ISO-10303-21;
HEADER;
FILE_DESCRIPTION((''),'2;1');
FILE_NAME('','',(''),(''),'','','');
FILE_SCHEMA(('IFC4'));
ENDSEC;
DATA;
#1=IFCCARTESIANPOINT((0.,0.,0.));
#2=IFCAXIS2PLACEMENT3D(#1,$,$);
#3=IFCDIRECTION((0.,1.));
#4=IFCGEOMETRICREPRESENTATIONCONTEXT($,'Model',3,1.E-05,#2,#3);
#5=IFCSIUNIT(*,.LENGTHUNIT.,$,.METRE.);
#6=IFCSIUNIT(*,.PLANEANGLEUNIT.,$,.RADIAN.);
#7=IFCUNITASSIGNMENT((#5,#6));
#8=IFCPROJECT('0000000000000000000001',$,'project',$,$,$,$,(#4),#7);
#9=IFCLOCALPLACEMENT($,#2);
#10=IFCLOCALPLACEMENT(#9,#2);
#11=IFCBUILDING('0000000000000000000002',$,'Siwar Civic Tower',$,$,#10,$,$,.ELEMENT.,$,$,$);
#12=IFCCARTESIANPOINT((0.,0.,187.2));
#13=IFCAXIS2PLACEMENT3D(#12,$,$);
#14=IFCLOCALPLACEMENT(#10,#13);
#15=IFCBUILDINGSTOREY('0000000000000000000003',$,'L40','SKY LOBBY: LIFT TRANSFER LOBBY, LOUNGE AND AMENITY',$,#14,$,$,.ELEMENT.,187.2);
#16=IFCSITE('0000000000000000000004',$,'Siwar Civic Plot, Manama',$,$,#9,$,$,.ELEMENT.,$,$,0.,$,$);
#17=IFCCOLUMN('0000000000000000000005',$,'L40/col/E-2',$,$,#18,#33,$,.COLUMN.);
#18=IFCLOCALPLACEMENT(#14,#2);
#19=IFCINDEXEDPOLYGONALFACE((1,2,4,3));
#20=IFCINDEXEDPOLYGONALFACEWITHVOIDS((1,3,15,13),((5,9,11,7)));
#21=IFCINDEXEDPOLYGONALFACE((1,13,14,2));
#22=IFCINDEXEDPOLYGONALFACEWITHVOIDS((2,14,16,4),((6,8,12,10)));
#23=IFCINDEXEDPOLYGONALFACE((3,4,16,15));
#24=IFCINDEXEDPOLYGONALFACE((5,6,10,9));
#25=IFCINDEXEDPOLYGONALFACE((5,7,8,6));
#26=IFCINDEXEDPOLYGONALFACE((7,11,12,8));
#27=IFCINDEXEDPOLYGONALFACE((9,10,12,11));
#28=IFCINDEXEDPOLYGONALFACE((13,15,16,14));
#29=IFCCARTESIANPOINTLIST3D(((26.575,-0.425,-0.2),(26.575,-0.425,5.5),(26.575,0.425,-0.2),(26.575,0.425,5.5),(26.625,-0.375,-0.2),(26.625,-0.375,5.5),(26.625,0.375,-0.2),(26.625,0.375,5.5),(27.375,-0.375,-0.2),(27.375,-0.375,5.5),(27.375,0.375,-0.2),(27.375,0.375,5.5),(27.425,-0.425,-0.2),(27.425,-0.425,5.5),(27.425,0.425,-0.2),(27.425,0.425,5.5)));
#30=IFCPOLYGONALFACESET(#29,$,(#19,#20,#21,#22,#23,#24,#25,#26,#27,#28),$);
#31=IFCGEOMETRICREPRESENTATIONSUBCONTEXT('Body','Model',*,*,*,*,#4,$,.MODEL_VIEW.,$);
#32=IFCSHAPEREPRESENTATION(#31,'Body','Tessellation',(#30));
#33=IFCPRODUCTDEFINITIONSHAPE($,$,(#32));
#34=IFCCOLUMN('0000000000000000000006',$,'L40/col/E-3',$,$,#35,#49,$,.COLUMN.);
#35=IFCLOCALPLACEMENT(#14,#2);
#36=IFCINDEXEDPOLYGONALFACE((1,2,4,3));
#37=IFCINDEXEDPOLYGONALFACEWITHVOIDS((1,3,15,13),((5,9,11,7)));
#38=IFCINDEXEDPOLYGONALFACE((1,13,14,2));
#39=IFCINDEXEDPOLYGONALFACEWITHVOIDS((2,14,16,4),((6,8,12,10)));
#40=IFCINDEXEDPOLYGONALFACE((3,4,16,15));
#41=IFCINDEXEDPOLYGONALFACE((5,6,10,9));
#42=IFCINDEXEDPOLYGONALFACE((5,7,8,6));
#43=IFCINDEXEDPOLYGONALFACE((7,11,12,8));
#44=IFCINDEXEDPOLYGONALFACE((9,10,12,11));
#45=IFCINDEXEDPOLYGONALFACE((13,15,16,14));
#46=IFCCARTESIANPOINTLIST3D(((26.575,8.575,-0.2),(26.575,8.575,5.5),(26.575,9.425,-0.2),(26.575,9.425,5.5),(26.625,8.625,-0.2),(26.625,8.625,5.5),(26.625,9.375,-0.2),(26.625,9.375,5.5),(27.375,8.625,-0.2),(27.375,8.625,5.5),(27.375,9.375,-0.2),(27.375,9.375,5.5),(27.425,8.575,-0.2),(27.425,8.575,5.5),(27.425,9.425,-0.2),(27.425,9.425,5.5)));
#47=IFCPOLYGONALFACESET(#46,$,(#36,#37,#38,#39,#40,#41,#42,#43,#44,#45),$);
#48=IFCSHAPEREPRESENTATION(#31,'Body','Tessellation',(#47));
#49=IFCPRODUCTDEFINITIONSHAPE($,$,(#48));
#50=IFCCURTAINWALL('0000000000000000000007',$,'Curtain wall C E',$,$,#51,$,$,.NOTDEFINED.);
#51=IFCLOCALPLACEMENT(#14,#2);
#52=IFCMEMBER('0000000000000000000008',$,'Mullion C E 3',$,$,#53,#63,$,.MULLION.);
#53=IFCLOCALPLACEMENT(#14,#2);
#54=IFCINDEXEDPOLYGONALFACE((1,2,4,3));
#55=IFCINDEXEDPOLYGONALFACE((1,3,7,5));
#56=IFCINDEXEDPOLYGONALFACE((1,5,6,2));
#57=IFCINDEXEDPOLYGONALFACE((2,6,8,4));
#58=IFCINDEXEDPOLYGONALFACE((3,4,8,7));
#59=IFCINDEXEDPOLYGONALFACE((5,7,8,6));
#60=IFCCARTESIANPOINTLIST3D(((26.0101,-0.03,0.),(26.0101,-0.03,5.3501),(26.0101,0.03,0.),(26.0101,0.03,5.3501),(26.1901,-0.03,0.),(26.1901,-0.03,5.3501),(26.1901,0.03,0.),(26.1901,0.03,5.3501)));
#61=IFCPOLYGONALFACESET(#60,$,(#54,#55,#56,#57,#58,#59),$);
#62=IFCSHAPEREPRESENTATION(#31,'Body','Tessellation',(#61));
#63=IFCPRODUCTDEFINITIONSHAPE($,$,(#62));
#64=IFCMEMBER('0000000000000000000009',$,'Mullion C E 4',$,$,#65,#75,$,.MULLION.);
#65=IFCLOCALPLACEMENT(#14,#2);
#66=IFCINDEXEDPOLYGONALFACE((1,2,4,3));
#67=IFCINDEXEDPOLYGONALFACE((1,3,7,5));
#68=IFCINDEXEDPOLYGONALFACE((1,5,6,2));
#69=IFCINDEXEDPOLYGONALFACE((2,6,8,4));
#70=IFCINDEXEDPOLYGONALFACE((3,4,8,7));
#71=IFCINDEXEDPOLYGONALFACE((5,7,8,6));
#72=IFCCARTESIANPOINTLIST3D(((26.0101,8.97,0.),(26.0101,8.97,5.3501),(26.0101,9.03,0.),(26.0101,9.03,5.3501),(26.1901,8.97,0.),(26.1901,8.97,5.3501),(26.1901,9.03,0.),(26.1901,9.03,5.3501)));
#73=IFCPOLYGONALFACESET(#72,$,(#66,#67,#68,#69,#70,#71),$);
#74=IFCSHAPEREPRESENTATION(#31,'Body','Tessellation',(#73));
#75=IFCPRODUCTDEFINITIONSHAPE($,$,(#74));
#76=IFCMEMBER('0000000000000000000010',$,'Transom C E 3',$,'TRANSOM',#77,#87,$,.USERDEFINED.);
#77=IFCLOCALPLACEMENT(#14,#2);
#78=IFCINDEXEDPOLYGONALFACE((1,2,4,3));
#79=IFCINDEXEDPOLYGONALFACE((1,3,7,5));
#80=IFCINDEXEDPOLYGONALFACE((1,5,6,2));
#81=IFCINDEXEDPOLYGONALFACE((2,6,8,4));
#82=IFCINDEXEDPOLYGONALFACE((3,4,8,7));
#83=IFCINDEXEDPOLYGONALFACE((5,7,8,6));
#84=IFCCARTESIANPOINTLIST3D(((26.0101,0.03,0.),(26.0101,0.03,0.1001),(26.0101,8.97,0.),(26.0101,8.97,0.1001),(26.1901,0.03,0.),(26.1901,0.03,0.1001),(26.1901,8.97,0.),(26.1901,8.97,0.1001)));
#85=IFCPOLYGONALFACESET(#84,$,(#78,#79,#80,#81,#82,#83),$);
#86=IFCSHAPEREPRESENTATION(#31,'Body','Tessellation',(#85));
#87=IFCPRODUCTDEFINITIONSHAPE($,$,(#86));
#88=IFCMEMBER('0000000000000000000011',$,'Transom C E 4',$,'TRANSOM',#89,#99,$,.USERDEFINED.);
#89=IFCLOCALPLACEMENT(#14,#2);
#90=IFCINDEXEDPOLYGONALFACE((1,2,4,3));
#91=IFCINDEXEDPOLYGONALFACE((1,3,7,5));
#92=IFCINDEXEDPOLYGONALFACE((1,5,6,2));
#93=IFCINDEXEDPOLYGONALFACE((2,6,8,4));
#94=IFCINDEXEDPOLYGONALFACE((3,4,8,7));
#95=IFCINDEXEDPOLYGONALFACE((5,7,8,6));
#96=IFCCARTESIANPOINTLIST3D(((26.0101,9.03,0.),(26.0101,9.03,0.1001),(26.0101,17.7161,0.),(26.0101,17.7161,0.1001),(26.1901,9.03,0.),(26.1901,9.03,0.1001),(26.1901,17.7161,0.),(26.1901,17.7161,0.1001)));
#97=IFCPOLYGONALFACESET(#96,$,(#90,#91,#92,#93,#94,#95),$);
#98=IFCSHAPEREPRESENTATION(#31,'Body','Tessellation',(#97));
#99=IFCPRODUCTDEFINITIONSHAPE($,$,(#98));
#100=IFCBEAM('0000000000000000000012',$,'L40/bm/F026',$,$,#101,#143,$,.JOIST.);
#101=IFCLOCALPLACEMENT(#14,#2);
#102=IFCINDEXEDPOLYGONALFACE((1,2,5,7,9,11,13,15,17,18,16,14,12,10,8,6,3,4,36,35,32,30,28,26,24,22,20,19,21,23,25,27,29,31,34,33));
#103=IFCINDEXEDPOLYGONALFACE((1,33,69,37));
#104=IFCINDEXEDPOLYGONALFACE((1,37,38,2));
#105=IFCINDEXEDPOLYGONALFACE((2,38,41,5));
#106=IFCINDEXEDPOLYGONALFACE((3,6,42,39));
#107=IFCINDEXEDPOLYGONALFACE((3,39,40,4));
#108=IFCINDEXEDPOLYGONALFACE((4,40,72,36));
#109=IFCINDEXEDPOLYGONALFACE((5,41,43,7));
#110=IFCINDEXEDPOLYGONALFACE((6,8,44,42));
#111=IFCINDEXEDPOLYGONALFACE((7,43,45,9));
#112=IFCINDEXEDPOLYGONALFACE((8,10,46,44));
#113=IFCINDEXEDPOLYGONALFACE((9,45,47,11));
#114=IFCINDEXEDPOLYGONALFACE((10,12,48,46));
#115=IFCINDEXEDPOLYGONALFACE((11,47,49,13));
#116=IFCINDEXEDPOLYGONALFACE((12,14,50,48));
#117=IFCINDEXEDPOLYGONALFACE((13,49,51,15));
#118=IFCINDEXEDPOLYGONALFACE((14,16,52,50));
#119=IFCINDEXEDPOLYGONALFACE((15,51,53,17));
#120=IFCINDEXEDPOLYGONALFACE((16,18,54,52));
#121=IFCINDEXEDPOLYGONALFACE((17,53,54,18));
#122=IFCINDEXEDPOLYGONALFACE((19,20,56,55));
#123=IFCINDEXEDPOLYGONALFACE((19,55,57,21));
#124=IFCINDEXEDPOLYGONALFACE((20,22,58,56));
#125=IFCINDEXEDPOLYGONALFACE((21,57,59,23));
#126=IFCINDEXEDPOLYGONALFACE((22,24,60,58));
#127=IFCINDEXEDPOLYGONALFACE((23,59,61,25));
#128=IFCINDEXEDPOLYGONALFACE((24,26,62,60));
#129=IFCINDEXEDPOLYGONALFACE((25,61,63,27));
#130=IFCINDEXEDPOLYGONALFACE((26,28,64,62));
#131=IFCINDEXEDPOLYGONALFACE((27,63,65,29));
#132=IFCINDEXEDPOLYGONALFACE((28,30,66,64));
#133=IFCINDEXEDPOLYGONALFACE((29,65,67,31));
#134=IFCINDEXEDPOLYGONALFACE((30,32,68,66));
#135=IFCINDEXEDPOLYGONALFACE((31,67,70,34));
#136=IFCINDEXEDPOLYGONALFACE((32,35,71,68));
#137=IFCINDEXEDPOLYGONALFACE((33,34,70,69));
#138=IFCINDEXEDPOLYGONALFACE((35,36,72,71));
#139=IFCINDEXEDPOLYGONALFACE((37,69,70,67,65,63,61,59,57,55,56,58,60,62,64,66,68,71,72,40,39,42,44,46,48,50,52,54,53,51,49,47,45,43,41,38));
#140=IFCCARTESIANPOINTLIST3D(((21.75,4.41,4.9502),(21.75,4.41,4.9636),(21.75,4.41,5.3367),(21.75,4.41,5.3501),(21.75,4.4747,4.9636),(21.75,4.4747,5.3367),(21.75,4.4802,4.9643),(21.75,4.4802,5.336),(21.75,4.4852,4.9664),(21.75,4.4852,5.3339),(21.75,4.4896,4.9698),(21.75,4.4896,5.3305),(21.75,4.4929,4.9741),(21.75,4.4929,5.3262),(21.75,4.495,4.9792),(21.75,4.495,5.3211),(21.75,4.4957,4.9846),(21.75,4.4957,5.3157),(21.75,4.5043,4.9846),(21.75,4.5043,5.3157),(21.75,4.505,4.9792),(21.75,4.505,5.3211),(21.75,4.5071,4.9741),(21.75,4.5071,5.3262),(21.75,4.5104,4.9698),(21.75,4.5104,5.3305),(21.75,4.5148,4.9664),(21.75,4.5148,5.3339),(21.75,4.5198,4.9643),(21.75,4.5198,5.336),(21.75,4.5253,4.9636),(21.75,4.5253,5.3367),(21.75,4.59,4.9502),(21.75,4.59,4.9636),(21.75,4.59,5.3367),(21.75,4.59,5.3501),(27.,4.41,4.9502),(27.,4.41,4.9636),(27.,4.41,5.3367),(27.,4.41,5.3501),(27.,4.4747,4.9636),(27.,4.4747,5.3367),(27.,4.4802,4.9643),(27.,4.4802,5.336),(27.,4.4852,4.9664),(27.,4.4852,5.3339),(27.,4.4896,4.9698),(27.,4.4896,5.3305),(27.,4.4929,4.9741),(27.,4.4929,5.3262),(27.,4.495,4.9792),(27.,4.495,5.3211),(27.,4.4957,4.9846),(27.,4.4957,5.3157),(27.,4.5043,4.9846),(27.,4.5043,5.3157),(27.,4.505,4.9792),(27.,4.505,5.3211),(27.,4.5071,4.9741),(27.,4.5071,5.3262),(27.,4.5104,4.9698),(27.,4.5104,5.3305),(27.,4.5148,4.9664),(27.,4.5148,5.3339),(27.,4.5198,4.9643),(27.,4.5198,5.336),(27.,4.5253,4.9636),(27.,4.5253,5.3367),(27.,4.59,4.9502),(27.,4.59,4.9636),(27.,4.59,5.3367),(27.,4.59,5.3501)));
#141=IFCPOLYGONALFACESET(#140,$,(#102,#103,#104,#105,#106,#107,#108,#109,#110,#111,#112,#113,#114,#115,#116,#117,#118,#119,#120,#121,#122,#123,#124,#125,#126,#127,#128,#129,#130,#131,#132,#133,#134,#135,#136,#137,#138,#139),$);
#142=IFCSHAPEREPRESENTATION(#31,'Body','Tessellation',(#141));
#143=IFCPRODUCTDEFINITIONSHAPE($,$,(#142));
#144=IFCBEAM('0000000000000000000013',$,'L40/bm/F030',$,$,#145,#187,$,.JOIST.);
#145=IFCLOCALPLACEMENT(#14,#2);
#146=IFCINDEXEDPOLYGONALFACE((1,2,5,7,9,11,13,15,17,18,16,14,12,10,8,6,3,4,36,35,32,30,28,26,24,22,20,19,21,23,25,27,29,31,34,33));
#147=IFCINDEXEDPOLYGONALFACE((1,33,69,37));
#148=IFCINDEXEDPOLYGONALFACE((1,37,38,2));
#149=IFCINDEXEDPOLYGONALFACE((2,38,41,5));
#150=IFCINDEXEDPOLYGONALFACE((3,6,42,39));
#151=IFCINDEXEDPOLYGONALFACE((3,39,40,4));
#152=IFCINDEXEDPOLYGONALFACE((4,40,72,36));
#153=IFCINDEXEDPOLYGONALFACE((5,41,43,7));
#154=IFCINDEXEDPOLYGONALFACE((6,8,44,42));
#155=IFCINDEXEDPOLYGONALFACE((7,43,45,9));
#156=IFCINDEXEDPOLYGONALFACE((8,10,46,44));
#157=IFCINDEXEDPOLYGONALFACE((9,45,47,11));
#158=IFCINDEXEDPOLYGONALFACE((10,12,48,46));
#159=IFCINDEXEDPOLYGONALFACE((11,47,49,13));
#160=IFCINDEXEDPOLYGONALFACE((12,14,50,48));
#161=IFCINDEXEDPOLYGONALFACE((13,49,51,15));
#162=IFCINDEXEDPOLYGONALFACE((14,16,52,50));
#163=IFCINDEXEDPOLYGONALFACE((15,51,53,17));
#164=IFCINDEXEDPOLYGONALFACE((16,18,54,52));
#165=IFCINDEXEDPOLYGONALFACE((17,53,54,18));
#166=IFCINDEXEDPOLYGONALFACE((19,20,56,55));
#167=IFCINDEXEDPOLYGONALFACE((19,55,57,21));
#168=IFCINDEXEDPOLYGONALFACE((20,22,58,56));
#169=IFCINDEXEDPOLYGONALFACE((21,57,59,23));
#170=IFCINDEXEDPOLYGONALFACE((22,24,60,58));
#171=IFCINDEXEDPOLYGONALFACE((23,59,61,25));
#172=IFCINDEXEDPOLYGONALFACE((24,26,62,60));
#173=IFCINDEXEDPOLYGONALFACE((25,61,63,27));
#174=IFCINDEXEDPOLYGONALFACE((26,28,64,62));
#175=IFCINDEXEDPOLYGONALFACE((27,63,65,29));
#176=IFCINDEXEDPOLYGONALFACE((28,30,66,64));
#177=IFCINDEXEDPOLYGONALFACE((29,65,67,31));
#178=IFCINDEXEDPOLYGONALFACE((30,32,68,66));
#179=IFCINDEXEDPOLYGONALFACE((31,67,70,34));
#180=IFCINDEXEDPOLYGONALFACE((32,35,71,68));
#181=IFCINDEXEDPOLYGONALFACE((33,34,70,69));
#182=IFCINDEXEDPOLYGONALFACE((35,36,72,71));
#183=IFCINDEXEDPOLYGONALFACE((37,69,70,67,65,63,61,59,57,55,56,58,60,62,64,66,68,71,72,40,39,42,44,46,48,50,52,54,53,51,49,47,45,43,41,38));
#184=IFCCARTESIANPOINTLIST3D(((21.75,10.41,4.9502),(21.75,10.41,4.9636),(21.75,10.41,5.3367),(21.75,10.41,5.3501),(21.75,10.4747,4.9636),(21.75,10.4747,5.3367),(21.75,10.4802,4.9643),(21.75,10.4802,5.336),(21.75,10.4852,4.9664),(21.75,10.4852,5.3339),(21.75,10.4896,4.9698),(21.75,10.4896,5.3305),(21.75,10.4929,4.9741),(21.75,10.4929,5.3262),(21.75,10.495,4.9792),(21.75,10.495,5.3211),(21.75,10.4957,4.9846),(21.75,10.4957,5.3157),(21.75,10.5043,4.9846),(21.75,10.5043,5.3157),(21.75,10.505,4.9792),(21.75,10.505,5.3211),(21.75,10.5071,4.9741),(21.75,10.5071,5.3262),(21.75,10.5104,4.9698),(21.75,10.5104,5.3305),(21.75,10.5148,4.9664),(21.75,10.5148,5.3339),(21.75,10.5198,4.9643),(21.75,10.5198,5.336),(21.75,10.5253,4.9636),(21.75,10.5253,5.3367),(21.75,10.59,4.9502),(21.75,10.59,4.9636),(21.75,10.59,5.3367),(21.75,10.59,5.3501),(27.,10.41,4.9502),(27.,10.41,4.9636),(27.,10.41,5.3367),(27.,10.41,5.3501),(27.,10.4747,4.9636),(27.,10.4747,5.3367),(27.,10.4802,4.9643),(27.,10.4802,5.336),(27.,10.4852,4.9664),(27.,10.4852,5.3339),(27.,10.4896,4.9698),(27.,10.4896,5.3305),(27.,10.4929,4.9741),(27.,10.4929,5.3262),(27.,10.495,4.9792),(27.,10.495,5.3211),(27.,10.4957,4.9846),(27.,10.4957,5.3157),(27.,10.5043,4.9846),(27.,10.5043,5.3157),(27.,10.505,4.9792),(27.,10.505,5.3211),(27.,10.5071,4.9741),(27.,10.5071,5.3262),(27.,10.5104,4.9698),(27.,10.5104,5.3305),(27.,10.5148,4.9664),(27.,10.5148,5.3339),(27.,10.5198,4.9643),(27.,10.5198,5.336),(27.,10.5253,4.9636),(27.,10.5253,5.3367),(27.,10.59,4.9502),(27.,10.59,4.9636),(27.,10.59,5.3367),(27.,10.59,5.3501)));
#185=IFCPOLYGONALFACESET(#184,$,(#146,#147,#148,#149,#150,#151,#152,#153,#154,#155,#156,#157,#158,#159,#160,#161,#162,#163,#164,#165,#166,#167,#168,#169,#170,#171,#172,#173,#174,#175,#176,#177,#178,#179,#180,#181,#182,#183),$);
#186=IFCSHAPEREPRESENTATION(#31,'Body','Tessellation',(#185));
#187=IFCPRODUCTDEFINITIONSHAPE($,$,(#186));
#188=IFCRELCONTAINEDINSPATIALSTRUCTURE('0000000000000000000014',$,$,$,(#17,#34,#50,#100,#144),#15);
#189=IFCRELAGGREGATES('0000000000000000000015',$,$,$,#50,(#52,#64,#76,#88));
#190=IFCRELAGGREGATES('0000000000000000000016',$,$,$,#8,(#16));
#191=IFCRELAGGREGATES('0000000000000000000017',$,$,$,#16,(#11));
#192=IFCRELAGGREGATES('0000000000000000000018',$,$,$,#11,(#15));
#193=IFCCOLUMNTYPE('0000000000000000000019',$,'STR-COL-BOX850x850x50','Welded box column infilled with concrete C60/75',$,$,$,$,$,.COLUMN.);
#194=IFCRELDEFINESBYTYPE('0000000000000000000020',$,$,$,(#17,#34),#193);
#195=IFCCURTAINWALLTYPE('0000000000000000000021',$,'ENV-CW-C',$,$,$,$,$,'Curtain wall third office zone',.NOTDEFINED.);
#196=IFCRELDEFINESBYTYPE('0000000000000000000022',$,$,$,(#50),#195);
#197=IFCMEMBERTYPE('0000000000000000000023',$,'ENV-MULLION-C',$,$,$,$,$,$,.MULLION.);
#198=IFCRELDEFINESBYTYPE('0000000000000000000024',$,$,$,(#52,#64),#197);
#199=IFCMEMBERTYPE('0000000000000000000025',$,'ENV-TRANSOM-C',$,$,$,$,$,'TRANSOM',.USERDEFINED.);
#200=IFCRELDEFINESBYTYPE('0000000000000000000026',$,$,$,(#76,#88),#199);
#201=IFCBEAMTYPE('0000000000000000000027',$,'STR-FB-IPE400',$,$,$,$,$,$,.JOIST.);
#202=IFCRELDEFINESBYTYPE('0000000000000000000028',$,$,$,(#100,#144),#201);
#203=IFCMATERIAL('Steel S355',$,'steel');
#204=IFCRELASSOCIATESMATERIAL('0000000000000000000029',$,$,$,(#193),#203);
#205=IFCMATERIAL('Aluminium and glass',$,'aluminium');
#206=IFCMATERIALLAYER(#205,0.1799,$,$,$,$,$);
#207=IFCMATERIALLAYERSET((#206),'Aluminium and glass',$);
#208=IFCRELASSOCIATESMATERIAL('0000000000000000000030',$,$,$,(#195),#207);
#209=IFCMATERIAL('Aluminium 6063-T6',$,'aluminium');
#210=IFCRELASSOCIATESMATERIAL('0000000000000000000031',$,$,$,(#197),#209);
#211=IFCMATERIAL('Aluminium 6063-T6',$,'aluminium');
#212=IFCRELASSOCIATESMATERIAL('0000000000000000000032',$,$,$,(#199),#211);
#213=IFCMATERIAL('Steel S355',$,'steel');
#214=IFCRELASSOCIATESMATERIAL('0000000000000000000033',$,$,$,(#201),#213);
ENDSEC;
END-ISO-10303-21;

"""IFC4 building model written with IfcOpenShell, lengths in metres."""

from ifc_helpers import new_model, si_unit, direction, frame, origin, origin_2d, place, context, subcontext, project, spatial, rectangle, hollow_rectangle, i_section, extrude, material, layer, layer_set, material_profile, profile_set, type_object, element, aggregate, save


model = new_model("IFC4")

# Units and contexts
model_context = context("Model", 3, precision=1e-05, world=origin(), true_north=direction((0.0, 1.0)))
body_context = subcontext(model_context, "Body", "Model", "MODEL_VIEW")
ifc_project = project(units=[si_unit("LENGTHUNIT", "METRE"), si_unit("PLANEANGLEUNIT", "RADIAN")], contexts=[model_context])

# Site, building, storey
site_placement = place(None, origin())
site = spatial("IfcSite", under=ifc_project, at=site_placement, Name="Siwar Civic Plot, Manama", CompositionType="ELEMENT", RefElevation=0.0)
building_placement = place(site_placement, origin())
building = spatial("IfcBuilding", under=site, at=building_placement, Name="Siwar Civic Tower", CompositionType="ELEMENT")
storey_placement = place(building_placement, frame((0.0, 0.0, 187.2)))
storey = spatial("IfcBuildingStorey", under=building, at=storey_placement, Name="L40", Description="SKY LOBBY: LIFT TRANSFER LOBBY, LOUNGE AND AMENITY", CompositionType="ELEMENT", Elevation=187.2)

# Columns
ifc_material_1 = material(Name="Steel S355", Category="steel")
ifc_material_profile_1 = material_profile(ifc_material_1, hollow_rectangle(XDim=0.8501, YDim=0.8501, WallThickness=0.05, at=origin_2d()), Name="BOX850x850x50")
ifc_profile_set_1 = profile_set([ifc_material_profile_1], Name="Steel S355")
column_type = type_object("IfcColumnType", Name="STR-COL-BOX850x850x50", Description="Welded box column infilled with concrete C60/75", PredefinedType="COLUMN", material=ifc_profile_set_1)
for number, where, z_axis, x_axis, name in (
    (1, (27.0, 0.0, -0.2), (0.0, 0.0, 1.0), (1.0, 0.0, 0.0), "L40/col/E-2"),
    (2, (27.0, 9.0, -0.2), (0.0, 0.0, 1.0), (1.0, 0.0, 0.0), "L40/col/E-3"),
):
    element("IfcColumn", number, at=place(storey_placement, frame(where, z_axis=z_axis, x_axis=x_axis)), inside=storey, type_object=column_type, Name=name, PredefinedType="COLUMN", context=body_context, shape_type="SweptSolid", body=[
        extrude(hollow_rectangle(XDim=0.8501, YDim=0.8501, WallThickness=0.05, at=origin_2d()), origin(), (0.0, 0.0, 1.0), 5.7),
    ])

# Curtain wall, members
ifc_material_2 = material(Name="Aluminium and glass", Category="aluminium")
ifc_layer_1 = layer(ifc_material_2, 0.1799)
ifc_layer_set_1 = layer_set([ifc_layer_1], Name="Aluminium and glass")
curtain_wall_type = type_object("IfcCurtainWallType", Name="ENV-CW-C", ElementType="Curtain wall third office zone", PredefinedType="NOTDEFINED", material=ifc_layer_set_1)
curtain_wall_placement = place(storey_placement, origin())
curtain_wall = element("IfcCurtainWall", 3, at=curtain_wall_placement, inside=storey, type_object=curtain_wall_type, Name="Curtain wall C E", PredefinedType="NOTDEFINED")
ifc_material_3 = material(Name="Aluminium 6063-T6", Category="aluminium")
ifc_material_profile_2 = material_profile(ifc_material_3, rectangle(XDim=0.1799, YDim=0.0601, at=origin_2d()), Name="AL 180x60")
ifc_profile_set_2 = profile_set([ifc_material_profile_2], Name="Aluminium 6063-T6")
member_type_1 = type_object("IfcMemberType", Name="ENV-MULLION-C", PredefinedType="MULLION", material=ifc_profile_set_2)
member_1_placement = place(storey_placement, frame((26.1001, 0.0, 0.0), z_axis=(0.0, 0.0, 1.0), x_axis=(-1.0, 0.0, 0.0)))
member_1 = element("IfcMember", 4, at=member_1_placement, type_object=member_type_1, Name="Mullion C E 3", PredefinedType="MULLION", context=body_context, shape_type="SweptSolid", body=[
    extrude(rectangle(XDim=0.1799, YDim=0.0601, at=origin_2d()), origin(), (0.0, 0.0, 1.0), 5.3501),
])
member_2_placement = place(storey_placement, frame((26.1001, 9.0, 0.0), z_axis=(0.0, 0.0, 1.0), x_axis=(-1.0, 0.0, 0.0)))
member_2 = element("IfcMember", 5, at=member_2_placement, type_object=member_type_1, Name="Mullion C E 4", PredefinedType="MULLION", context=body_context, shape_type="SweptSolid", body=[
    extrude(rectangle(XDim=0.1799, YDim=0.0601, at=origin_2d()), origin(), (0.0, 0.0, 1.0), 5.3501),
])
ifc_material_4 = material(Name="Aluminium 6063-T6", Category="aluminium")
ifc_material_profile_3 = material_profile(ifc_material_4, rectangle(XDim=0.1799, YDim=0.1001, at=origin_2d()), Name="AL 180x100")
ifc_profile_set_3 = profile_set([ifc_material_profile_3], Name="Aluminium 6063-T6")
member_type_2 = type_object("IfcMemberType", Name="ENV-TRANSOM-C", ElementType="TRANSOM", PredefinedType="USERDEFINED", material=ifc_profile_set_3)
member_3_placement = place(storey_placement, frame((26.1001, 0.03, 0.05), z_axis=(0.0, 1.0, 0.0), x_axis=(-1.0, 0.0, 0.0)))
member_3 = element("IfcMember", 6, at=member_3_placement, type_object=member_type_2, Name="Transom C E 3", ObjectType="TRANSOM", PredefinedType="USERDEFINED", context=body_context, shape_type="SweptSolid", body=[
    extrude(rectangle(XDim=0.1799, YDim=0.1001, at=origin_2d()), origin(), (0.0, 0.0, 1.0), 8.9399),
])
member_4_placement = place(storey_placement, frame((26.1001, 9.03, 0.05), z_axis=(0.0, 1.0, 0.0), x_axis=(-1.0, 0.0, 0.0)))
member_4 = element("IfcMember", 7, at=member_4_placement, type_object=member_type_2, Name="Transom C E 4", ObjectType="TRANSOM", PredefinedType="USERDEFINED", context=body_context, shape_type="SweptSolid", body=[
    extrude(rectangle(XDim=0.1799, YDim=0.1001, at=origin_2d()), origin(), (0.0, 0.0, 1.0), 8.686),
])

# Beams
ifc_material_5 = material(Name="Steel S355", Category="steel")
ifc_material_profile_4 = material_profile(ifc_material_5, i_section(OverallWidth=0.1799, OverallDepth=0.3999, WebThickness=0.0085, FlangeThickness=0.0134, FilletRadius=0.021, at=origin_2d()), Name="IPE400")
ifc_profile_set_4 = profile_set([ifc_material_profile_4], Name="Steel S355")
beam_type_1 = type_object("IfcBeamType", Name="STR-FB-IPE400", PredefinedType="JOIST", material=ifc_profile_set_4)
for number, where, z_axis, x_axis, name in (
    (8, (21.75, 4.5, 5.1501), (1.0, 0.0, 0.0), (0.0, 1.0, 0.0), "L40/bm/F026"),
    (9, (21.75, 10.5, 5.1501), (1.0, 0.0, 0.0), (0.0, 1.0, 0.0), "L40/bm/F030"),
):
    element("IfcBeam", number, at=place(storey_placement, frame(where, z_axis=z_axis, x_axis=x_axis)), inside=storey, type_object=beam_type_1, Name=name, PredefinedType="JOIST", context=body_context, shape_type="SweptSolid", body=[
        extrude(i_section(OverallWidth=0.1799, OverallDepth=0.3999, WebThickness=0.0085, FlangeThickness=0.0134, FilletRadius=0.021, at=origin_2d()), origin(), (0.0, 0.0, 1.0), 5.25),
    ])

aggregate(curtain_wall, [member_1, member_2, member_3, member_4])

save(model, "model.ifc")
